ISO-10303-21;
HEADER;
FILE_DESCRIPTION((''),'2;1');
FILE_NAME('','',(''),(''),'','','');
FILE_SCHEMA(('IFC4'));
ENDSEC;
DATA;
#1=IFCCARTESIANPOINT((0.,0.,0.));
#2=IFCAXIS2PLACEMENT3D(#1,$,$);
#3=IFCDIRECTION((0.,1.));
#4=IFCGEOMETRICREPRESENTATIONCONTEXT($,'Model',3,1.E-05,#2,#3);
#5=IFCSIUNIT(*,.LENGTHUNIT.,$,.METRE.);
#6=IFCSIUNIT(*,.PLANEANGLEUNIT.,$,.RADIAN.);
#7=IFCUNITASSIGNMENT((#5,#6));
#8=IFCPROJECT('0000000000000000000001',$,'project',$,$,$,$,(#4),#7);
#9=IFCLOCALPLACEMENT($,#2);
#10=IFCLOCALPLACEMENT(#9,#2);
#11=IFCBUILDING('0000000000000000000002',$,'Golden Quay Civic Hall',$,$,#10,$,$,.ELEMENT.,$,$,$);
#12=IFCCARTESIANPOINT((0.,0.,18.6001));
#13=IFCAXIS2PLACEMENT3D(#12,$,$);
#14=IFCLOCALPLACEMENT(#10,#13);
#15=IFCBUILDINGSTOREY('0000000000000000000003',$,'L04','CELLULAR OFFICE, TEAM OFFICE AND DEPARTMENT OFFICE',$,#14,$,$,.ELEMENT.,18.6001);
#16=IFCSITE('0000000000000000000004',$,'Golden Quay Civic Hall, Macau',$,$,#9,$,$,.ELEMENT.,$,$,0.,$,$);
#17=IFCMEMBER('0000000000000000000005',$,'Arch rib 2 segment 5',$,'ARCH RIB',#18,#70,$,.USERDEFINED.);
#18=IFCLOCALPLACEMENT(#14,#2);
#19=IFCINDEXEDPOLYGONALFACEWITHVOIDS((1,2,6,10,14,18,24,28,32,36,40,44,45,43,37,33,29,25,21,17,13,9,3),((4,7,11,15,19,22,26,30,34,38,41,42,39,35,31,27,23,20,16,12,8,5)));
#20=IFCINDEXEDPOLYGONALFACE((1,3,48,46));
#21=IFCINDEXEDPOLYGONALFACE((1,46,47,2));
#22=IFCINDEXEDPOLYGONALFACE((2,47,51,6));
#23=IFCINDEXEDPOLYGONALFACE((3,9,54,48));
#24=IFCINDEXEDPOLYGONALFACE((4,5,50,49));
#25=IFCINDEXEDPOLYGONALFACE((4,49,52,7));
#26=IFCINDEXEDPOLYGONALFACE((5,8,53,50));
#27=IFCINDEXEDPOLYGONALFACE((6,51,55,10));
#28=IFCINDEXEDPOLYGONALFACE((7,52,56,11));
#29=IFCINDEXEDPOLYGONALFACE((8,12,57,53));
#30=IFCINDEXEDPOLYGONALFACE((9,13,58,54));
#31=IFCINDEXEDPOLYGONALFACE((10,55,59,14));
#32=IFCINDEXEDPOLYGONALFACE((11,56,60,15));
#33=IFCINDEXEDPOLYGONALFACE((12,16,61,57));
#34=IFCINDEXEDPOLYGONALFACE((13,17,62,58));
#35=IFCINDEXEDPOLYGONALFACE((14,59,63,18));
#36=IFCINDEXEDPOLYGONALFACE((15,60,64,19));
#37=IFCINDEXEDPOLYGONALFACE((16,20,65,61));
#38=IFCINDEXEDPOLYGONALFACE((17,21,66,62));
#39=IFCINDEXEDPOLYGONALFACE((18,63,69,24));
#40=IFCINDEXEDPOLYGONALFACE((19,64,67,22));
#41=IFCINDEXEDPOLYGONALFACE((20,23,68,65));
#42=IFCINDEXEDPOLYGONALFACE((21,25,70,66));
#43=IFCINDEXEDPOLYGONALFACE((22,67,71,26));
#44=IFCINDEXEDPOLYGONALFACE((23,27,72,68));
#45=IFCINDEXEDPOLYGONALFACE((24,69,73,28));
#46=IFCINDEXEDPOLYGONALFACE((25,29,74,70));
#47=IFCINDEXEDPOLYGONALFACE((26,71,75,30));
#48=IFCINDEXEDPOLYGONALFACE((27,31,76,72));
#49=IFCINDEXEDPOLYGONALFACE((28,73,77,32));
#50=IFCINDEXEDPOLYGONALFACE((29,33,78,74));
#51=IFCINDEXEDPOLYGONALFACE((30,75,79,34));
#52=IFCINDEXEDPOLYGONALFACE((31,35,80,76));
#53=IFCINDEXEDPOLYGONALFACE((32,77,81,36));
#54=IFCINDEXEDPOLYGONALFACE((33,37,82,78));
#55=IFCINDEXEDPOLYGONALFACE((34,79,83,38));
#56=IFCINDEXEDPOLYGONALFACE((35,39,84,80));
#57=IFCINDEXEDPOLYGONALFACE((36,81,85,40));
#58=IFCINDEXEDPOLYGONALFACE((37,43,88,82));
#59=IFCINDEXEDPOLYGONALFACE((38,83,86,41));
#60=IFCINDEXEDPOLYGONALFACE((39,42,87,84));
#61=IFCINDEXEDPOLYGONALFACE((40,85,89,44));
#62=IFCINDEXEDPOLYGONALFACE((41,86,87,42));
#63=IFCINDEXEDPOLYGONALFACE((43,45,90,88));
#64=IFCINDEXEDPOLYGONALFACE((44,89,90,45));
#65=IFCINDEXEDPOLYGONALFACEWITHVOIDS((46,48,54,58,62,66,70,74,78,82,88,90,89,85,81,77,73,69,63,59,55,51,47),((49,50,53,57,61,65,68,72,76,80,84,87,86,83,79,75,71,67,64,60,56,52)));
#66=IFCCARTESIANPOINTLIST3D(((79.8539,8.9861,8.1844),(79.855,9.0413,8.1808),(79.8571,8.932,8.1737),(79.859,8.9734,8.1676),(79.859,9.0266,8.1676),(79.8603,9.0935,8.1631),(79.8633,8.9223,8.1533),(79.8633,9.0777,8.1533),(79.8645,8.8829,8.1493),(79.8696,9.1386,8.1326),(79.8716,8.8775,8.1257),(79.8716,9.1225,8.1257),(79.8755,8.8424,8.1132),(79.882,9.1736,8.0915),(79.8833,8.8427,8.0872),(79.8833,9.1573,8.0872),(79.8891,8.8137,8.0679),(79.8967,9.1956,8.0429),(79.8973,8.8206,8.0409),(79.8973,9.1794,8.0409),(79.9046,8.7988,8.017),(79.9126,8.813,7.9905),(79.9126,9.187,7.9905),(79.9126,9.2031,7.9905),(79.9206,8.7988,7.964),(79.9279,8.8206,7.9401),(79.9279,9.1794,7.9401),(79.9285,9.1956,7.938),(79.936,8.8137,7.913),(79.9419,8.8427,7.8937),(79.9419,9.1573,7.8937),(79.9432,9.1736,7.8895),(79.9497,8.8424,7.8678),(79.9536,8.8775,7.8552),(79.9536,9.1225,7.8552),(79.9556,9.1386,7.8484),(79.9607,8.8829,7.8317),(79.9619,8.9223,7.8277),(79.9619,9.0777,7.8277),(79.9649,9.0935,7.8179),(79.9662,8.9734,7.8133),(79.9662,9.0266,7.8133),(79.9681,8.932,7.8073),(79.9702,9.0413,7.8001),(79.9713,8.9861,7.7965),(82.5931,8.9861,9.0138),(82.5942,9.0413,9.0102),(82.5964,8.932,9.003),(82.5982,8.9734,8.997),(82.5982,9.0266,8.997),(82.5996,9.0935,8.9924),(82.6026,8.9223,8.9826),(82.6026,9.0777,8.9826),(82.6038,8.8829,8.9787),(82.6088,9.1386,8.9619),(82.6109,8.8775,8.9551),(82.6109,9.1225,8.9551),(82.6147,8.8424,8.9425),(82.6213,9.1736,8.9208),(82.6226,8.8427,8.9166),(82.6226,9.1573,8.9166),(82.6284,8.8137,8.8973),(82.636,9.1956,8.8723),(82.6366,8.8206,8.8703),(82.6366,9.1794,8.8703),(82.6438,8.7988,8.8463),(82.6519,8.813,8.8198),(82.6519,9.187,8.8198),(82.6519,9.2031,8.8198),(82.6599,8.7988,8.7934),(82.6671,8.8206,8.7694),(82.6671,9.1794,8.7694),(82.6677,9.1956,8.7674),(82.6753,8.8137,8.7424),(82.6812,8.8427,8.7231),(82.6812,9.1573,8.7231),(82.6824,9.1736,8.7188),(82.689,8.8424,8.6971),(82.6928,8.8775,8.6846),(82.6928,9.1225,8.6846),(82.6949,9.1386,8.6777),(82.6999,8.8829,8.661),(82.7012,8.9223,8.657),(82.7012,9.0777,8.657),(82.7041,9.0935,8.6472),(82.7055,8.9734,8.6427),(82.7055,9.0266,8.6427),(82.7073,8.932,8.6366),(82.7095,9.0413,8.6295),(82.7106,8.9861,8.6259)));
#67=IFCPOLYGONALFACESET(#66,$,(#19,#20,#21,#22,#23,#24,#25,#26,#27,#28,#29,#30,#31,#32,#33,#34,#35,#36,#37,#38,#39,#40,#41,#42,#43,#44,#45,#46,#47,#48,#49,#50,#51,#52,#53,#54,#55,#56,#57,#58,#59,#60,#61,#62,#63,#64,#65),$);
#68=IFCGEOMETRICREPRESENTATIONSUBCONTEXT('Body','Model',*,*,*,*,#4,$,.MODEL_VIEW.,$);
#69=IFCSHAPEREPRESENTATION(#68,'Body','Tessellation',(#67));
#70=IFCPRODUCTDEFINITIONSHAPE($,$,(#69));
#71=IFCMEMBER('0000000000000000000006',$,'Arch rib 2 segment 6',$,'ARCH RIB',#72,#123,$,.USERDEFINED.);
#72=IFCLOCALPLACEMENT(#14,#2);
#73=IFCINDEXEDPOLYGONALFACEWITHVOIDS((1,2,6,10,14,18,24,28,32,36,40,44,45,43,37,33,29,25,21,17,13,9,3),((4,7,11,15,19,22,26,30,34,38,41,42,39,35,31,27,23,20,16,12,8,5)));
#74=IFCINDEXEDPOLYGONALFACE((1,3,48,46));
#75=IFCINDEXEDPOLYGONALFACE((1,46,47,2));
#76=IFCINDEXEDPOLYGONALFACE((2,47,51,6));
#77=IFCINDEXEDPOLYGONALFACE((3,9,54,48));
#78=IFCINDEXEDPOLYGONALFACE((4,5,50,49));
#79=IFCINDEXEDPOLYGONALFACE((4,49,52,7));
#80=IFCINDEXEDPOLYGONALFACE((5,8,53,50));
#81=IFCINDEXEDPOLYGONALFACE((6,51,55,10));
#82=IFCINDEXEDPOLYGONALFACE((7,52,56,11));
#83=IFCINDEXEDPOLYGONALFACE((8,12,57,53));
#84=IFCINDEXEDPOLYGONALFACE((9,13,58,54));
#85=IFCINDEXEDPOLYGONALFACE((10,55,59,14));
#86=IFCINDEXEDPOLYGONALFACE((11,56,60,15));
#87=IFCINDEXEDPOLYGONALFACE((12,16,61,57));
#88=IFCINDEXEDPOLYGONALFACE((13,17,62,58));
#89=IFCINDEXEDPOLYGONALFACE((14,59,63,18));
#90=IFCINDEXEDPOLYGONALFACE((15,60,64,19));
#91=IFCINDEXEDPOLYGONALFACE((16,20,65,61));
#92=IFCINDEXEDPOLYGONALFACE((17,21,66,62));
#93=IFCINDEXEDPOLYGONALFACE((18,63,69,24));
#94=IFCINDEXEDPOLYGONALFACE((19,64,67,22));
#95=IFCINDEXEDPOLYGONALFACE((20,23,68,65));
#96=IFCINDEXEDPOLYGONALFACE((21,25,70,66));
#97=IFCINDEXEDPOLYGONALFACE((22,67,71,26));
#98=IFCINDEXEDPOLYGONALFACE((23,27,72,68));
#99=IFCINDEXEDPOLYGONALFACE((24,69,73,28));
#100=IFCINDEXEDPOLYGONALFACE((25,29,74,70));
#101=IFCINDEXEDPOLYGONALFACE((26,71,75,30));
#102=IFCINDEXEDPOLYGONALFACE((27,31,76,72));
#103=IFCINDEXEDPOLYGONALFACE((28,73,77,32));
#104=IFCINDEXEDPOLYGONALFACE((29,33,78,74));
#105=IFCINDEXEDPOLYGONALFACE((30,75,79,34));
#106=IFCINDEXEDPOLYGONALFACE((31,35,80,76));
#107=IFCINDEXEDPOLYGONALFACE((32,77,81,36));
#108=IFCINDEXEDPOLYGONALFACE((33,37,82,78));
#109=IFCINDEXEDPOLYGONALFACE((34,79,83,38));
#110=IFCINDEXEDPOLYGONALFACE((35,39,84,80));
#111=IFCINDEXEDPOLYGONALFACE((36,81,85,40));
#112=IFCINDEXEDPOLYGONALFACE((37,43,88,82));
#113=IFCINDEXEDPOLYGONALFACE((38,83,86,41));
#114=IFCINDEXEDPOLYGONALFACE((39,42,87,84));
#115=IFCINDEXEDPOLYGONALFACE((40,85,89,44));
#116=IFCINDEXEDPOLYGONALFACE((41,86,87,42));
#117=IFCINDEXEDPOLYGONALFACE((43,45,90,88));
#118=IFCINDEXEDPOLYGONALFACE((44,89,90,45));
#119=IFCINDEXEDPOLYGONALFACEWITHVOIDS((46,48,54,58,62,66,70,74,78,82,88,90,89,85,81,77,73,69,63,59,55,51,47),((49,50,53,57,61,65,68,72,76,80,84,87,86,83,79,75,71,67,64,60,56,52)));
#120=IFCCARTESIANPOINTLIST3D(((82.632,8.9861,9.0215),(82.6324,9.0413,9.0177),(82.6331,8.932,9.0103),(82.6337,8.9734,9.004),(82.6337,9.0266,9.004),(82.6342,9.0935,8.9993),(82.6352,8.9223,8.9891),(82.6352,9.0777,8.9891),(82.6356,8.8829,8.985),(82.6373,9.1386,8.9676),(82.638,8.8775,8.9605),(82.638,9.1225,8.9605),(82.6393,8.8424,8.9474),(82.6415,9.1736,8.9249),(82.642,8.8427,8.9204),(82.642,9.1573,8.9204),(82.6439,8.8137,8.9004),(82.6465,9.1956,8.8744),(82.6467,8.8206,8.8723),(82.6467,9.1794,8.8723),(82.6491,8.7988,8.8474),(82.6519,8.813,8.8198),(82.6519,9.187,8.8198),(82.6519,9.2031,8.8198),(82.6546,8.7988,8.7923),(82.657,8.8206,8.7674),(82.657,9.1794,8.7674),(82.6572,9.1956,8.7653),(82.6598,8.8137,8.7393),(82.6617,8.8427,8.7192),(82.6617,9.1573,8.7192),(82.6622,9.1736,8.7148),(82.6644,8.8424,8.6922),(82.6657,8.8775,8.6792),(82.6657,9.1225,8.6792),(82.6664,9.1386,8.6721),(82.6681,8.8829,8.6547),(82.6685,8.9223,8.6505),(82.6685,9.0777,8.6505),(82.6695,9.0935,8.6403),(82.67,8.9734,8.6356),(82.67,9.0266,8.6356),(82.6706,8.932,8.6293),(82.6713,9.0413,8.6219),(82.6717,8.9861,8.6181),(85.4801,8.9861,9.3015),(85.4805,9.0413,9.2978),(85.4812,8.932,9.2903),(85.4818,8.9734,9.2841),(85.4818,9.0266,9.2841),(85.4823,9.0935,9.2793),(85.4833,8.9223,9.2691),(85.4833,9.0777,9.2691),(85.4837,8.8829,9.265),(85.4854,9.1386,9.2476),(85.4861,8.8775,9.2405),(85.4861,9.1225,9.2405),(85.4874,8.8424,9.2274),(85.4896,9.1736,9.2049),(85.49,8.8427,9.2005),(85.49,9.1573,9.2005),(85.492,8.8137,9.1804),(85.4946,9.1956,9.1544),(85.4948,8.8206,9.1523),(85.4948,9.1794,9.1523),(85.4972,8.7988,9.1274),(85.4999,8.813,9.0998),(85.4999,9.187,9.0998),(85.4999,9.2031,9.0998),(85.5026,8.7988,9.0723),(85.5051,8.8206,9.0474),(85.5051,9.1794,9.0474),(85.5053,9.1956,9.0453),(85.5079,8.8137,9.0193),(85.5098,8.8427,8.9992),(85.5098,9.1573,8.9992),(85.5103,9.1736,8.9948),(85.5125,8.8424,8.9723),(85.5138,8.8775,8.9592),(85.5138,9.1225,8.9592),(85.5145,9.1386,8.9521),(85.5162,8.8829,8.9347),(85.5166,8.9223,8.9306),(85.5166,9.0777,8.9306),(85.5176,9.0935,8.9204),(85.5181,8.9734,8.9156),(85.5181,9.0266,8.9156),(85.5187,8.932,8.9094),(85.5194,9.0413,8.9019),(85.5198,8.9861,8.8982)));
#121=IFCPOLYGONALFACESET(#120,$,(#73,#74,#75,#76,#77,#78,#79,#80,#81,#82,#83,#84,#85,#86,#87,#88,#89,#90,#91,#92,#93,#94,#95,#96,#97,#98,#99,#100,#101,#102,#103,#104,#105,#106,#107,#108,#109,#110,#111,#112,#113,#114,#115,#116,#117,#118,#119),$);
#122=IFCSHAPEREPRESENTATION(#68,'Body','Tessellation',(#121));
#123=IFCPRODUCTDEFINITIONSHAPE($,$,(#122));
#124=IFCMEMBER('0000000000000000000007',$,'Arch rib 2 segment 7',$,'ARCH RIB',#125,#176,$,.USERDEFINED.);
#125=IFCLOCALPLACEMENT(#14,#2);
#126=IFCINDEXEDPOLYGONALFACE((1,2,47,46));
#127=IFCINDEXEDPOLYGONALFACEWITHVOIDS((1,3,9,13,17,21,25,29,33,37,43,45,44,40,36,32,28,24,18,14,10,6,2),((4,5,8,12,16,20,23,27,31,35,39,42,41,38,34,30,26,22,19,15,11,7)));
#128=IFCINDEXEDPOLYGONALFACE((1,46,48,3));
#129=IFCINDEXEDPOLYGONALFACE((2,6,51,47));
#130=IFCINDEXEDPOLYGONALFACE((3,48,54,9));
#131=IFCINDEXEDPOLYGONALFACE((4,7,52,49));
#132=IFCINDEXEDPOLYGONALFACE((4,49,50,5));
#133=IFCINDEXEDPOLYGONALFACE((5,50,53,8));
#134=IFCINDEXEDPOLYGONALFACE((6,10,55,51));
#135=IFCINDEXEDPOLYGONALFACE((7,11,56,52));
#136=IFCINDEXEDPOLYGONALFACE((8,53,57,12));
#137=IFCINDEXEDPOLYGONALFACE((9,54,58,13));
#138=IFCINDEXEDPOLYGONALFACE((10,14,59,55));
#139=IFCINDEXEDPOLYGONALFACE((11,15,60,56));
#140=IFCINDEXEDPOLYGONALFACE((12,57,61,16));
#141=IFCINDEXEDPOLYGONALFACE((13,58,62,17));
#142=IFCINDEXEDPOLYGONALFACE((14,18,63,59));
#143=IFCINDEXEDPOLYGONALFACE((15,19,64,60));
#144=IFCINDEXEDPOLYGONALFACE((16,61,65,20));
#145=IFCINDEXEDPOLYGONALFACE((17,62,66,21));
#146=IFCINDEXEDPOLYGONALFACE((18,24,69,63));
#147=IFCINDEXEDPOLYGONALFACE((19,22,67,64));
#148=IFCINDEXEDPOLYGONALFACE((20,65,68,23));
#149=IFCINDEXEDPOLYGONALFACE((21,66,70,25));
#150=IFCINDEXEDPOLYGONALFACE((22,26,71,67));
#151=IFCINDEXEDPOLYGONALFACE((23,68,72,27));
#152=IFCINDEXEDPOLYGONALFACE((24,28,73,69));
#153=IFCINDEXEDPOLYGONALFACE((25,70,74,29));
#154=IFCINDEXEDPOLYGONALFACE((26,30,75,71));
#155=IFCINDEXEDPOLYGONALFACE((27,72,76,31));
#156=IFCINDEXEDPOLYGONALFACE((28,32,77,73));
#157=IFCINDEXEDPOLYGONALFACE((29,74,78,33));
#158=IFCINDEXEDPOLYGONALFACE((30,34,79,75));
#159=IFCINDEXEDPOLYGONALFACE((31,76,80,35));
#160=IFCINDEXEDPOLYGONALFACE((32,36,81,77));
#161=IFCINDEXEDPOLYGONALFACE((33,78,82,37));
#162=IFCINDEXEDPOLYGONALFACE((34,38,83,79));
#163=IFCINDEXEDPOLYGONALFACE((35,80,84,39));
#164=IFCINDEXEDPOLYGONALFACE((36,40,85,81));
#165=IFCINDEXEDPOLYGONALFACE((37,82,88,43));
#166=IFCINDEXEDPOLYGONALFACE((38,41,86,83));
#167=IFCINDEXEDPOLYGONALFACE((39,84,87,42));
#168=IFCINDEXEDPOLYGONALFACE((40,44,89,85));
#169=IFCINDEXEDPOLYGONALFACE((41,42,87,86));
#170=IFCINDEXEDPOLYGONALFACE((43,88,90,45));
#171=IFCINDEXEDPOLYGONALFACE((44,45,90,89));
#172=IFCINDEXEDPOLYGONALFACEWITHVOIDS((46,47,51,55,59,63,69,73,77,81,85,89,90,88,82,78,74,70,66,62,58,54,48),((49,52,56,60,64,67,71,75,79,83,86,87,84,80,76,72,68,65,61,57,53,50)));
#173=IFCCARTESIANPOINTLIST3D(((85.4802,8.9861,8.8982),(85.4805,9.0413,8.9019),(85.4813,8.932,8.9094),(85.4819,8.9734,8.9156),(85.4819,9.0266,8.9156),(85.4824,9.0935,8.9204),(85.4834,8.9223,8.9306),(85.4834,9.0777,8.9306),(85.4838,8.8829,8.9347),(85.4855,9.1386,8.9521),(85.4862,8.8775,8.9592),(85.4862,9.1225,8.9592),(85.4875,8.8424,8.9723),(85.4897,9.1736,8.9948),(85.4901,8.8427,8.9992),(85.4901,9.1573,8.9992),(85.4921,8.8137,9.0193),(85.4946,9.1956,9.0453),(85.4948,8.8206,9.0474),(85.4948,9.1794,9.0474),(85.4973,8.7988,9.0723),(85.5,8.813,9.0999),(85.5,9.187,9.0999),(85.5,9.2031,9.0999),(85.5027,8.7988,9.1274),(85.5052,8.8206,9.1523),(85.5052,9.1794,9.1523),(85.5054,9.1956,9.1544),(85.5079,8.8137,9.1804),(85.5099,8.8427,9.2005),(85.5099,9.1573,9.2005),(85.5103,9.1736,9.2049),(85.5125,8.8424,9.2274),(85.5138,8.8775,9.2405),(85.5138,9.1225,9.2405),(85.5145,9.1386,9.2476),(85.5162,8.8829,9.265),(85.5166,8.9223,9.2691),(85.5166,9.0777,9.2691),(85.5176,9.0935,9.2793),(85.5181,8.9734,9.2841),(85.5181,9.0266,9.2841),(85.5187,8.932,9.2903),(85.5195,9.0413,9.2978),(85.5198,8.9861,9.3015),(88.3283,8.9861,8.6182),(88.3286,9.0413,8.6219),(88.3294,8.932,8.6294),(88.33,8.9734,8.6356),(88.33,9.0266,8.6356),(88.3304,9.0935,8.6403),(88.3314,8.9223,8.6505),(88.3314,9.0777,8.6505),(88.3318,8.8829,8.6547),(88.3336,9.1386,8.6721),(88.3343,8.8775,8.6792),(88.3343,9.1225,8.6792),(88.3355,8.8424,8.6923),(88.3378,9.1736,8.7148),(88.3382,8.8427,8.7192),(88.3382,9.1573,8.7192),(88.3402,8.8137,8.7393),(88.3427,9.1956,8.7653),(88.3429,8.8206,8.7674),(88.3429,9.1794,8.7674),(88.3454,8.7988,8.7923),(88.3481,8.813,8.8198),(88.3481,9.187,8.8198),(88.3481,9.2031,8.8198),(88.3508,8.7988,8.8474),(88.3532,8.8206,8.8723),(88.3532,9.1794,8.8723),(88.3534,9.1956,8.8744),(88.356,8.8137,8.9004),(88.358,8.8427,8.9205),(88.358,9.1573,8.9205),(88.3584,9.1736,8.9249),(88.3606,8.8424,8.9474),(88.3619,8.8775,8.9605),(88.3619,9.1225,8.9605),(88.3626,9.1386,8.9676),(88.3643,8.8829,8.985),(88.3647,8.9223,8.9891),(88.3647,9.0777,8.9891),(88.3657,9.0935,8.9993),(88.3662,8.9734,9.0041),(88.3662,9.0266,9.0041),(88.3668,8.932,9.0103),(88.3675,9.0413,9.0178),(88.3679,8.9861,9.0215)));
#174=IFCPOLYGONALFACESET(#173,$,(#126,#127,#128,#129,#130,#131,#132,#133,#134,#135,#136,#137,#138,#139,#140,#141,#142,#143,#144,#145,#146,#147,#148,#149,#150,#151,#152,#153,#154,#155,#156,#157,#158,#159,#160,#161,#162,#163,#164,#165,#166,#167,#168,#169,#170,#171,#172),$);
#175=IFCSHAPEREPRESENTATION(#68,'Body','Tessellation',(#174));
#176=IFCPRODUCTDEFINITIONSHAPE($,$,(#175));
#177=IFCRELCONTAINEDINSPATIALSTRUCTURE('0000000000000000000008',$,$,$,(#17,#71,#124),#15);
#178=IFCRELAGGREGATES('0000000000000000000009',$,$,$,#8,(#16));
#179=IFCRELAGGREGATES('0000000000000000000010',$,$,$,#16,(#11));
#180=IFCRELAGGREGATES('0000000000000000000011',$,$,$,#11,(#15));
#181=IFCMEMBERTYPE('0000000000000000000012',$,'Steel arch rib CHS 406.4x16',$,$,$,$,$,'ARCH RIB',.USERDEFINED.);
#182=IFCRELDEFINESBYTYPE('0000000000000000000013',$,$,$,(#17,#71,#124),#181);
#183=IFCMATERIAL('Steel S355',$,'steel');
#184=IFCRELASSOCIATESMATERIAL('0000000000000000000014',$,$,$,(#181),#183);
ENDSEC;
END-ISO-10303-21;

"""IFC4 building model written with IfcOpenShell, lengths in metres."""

from ifc_helpers import new_model, si_unit, direction, frame, origin, origin_2d, place, context, subcontext, project, spatial, hollow_circle, extrude, material, material_profile, profile_set, type_object, element, save


model = new_model("IFC4")

# Units and contexts
model_context = context("Model", 3, precision=1e-05, world=origin(), true_north=direction((0.0, 1.0)))
body_context = subcontext(model_context, "Body", "Model", "MODEL_VIEW")
ifc_project = project(units=[si_unit("LENGTHUNIT", "METRE"), si_unit("PLANEANGLEUNIT", "RADIAN")], contexts=[model_context])

# Site, building, storey
site_placement = place(None, origin())
site = spatial("IfcSite", under=ifc_project, at=site_placement, Name="Golden Quay Civic Hall, Macau", CompositionType="ELEMENT", RefElevation=0.0)
building_placement = place(site_placement, origin())
building = spatial("IfcBuilding", under=site, at=building_placement, Name="Golden Quay Civic Hall", CompositionType="ELEMENT")
storey_placement = place(building_placement, frame((0.0, 0.0, 18.6001)))
storey = spatial("IfcBuildingStorey", under=building, at=storey_placement, Name="L04", Description="CELLULAR OFFICE, TEAM OFFICE AND DEPARTMENT OFFICE", CompositionType="ELEMENT", Elevation=18.6001)

# Members
ifc_material_1 = material(Name="Steel S355", Category="steel")
ifc_material_profile_1 = material_profile(ifc_material_1, hollow_circle(Radius=0.2031, WallThickness=0.0161, at=origin_2d()), Name="CHS 406.4x16")
ifc_profile_set_1 = profile_set([ifc_material_profile_1], Name="Steel S355")
member_type_1 = type_object("IfcMemberType", Name="Steel arch rib CHS 406.4x16", ElementType="ARCH RIB", PredefinedType="USERDEFINED", material=ifc_profile_set_1)
member_1_placement = place(storey_placement, frame((79.9126, 9.0, 7.9905), z_axis=(0.957095, 0.0, 0.289773), x_axis=(0.0, 1.0, 0.0)))
element("IfcMember", 1, at=member_1_placement, inside=storey, type_object=member_type_1, Name="Arch rib 2 segment 5", ObjectType="ARCH RIB", PredefinedType="USERDEFINED", context=body_context, shape_type="SweptSolid", body=[
    extrude(hollow_circle(Radius=0.2031, WallThickness=0.0161, at=origin_2d()), origin(), (0.0, 0.0, 1.0), 2.8621),
])
for number, where, z_axis, x_axis, name in (
    (2, (82.6519, 9.0, 8.8198), (0.995201, 0.0, 0.097848), (0.0, 1.0, 0.0), "Arch rib 2 segment 6"),
    (3, (85.5, 9.0, 9.0999), (0.995201, 0.0, -0.097848), (0.0, 1.0, 0.0), "Arch rib 2 segment 7"),
):
    element("IfcMember", number, at=place(storey_placement, frame(where, z_axis=z_axis, x_axis=x_axis)), inside=storey, type_object=member_type_1, Name=name, ObjectType="ARCH RIB", PredefinedType="USERDEFINED", context=body_context, shape_type="SweptSolid", body=[
        extrude(hollow_circle(Radius=0.2031, WallThickness=0.0161, at=origin_2d()), origin(), (0.0, 0.0, 1.0), 2.8618),
    ])

save(model, "model.ifc")
